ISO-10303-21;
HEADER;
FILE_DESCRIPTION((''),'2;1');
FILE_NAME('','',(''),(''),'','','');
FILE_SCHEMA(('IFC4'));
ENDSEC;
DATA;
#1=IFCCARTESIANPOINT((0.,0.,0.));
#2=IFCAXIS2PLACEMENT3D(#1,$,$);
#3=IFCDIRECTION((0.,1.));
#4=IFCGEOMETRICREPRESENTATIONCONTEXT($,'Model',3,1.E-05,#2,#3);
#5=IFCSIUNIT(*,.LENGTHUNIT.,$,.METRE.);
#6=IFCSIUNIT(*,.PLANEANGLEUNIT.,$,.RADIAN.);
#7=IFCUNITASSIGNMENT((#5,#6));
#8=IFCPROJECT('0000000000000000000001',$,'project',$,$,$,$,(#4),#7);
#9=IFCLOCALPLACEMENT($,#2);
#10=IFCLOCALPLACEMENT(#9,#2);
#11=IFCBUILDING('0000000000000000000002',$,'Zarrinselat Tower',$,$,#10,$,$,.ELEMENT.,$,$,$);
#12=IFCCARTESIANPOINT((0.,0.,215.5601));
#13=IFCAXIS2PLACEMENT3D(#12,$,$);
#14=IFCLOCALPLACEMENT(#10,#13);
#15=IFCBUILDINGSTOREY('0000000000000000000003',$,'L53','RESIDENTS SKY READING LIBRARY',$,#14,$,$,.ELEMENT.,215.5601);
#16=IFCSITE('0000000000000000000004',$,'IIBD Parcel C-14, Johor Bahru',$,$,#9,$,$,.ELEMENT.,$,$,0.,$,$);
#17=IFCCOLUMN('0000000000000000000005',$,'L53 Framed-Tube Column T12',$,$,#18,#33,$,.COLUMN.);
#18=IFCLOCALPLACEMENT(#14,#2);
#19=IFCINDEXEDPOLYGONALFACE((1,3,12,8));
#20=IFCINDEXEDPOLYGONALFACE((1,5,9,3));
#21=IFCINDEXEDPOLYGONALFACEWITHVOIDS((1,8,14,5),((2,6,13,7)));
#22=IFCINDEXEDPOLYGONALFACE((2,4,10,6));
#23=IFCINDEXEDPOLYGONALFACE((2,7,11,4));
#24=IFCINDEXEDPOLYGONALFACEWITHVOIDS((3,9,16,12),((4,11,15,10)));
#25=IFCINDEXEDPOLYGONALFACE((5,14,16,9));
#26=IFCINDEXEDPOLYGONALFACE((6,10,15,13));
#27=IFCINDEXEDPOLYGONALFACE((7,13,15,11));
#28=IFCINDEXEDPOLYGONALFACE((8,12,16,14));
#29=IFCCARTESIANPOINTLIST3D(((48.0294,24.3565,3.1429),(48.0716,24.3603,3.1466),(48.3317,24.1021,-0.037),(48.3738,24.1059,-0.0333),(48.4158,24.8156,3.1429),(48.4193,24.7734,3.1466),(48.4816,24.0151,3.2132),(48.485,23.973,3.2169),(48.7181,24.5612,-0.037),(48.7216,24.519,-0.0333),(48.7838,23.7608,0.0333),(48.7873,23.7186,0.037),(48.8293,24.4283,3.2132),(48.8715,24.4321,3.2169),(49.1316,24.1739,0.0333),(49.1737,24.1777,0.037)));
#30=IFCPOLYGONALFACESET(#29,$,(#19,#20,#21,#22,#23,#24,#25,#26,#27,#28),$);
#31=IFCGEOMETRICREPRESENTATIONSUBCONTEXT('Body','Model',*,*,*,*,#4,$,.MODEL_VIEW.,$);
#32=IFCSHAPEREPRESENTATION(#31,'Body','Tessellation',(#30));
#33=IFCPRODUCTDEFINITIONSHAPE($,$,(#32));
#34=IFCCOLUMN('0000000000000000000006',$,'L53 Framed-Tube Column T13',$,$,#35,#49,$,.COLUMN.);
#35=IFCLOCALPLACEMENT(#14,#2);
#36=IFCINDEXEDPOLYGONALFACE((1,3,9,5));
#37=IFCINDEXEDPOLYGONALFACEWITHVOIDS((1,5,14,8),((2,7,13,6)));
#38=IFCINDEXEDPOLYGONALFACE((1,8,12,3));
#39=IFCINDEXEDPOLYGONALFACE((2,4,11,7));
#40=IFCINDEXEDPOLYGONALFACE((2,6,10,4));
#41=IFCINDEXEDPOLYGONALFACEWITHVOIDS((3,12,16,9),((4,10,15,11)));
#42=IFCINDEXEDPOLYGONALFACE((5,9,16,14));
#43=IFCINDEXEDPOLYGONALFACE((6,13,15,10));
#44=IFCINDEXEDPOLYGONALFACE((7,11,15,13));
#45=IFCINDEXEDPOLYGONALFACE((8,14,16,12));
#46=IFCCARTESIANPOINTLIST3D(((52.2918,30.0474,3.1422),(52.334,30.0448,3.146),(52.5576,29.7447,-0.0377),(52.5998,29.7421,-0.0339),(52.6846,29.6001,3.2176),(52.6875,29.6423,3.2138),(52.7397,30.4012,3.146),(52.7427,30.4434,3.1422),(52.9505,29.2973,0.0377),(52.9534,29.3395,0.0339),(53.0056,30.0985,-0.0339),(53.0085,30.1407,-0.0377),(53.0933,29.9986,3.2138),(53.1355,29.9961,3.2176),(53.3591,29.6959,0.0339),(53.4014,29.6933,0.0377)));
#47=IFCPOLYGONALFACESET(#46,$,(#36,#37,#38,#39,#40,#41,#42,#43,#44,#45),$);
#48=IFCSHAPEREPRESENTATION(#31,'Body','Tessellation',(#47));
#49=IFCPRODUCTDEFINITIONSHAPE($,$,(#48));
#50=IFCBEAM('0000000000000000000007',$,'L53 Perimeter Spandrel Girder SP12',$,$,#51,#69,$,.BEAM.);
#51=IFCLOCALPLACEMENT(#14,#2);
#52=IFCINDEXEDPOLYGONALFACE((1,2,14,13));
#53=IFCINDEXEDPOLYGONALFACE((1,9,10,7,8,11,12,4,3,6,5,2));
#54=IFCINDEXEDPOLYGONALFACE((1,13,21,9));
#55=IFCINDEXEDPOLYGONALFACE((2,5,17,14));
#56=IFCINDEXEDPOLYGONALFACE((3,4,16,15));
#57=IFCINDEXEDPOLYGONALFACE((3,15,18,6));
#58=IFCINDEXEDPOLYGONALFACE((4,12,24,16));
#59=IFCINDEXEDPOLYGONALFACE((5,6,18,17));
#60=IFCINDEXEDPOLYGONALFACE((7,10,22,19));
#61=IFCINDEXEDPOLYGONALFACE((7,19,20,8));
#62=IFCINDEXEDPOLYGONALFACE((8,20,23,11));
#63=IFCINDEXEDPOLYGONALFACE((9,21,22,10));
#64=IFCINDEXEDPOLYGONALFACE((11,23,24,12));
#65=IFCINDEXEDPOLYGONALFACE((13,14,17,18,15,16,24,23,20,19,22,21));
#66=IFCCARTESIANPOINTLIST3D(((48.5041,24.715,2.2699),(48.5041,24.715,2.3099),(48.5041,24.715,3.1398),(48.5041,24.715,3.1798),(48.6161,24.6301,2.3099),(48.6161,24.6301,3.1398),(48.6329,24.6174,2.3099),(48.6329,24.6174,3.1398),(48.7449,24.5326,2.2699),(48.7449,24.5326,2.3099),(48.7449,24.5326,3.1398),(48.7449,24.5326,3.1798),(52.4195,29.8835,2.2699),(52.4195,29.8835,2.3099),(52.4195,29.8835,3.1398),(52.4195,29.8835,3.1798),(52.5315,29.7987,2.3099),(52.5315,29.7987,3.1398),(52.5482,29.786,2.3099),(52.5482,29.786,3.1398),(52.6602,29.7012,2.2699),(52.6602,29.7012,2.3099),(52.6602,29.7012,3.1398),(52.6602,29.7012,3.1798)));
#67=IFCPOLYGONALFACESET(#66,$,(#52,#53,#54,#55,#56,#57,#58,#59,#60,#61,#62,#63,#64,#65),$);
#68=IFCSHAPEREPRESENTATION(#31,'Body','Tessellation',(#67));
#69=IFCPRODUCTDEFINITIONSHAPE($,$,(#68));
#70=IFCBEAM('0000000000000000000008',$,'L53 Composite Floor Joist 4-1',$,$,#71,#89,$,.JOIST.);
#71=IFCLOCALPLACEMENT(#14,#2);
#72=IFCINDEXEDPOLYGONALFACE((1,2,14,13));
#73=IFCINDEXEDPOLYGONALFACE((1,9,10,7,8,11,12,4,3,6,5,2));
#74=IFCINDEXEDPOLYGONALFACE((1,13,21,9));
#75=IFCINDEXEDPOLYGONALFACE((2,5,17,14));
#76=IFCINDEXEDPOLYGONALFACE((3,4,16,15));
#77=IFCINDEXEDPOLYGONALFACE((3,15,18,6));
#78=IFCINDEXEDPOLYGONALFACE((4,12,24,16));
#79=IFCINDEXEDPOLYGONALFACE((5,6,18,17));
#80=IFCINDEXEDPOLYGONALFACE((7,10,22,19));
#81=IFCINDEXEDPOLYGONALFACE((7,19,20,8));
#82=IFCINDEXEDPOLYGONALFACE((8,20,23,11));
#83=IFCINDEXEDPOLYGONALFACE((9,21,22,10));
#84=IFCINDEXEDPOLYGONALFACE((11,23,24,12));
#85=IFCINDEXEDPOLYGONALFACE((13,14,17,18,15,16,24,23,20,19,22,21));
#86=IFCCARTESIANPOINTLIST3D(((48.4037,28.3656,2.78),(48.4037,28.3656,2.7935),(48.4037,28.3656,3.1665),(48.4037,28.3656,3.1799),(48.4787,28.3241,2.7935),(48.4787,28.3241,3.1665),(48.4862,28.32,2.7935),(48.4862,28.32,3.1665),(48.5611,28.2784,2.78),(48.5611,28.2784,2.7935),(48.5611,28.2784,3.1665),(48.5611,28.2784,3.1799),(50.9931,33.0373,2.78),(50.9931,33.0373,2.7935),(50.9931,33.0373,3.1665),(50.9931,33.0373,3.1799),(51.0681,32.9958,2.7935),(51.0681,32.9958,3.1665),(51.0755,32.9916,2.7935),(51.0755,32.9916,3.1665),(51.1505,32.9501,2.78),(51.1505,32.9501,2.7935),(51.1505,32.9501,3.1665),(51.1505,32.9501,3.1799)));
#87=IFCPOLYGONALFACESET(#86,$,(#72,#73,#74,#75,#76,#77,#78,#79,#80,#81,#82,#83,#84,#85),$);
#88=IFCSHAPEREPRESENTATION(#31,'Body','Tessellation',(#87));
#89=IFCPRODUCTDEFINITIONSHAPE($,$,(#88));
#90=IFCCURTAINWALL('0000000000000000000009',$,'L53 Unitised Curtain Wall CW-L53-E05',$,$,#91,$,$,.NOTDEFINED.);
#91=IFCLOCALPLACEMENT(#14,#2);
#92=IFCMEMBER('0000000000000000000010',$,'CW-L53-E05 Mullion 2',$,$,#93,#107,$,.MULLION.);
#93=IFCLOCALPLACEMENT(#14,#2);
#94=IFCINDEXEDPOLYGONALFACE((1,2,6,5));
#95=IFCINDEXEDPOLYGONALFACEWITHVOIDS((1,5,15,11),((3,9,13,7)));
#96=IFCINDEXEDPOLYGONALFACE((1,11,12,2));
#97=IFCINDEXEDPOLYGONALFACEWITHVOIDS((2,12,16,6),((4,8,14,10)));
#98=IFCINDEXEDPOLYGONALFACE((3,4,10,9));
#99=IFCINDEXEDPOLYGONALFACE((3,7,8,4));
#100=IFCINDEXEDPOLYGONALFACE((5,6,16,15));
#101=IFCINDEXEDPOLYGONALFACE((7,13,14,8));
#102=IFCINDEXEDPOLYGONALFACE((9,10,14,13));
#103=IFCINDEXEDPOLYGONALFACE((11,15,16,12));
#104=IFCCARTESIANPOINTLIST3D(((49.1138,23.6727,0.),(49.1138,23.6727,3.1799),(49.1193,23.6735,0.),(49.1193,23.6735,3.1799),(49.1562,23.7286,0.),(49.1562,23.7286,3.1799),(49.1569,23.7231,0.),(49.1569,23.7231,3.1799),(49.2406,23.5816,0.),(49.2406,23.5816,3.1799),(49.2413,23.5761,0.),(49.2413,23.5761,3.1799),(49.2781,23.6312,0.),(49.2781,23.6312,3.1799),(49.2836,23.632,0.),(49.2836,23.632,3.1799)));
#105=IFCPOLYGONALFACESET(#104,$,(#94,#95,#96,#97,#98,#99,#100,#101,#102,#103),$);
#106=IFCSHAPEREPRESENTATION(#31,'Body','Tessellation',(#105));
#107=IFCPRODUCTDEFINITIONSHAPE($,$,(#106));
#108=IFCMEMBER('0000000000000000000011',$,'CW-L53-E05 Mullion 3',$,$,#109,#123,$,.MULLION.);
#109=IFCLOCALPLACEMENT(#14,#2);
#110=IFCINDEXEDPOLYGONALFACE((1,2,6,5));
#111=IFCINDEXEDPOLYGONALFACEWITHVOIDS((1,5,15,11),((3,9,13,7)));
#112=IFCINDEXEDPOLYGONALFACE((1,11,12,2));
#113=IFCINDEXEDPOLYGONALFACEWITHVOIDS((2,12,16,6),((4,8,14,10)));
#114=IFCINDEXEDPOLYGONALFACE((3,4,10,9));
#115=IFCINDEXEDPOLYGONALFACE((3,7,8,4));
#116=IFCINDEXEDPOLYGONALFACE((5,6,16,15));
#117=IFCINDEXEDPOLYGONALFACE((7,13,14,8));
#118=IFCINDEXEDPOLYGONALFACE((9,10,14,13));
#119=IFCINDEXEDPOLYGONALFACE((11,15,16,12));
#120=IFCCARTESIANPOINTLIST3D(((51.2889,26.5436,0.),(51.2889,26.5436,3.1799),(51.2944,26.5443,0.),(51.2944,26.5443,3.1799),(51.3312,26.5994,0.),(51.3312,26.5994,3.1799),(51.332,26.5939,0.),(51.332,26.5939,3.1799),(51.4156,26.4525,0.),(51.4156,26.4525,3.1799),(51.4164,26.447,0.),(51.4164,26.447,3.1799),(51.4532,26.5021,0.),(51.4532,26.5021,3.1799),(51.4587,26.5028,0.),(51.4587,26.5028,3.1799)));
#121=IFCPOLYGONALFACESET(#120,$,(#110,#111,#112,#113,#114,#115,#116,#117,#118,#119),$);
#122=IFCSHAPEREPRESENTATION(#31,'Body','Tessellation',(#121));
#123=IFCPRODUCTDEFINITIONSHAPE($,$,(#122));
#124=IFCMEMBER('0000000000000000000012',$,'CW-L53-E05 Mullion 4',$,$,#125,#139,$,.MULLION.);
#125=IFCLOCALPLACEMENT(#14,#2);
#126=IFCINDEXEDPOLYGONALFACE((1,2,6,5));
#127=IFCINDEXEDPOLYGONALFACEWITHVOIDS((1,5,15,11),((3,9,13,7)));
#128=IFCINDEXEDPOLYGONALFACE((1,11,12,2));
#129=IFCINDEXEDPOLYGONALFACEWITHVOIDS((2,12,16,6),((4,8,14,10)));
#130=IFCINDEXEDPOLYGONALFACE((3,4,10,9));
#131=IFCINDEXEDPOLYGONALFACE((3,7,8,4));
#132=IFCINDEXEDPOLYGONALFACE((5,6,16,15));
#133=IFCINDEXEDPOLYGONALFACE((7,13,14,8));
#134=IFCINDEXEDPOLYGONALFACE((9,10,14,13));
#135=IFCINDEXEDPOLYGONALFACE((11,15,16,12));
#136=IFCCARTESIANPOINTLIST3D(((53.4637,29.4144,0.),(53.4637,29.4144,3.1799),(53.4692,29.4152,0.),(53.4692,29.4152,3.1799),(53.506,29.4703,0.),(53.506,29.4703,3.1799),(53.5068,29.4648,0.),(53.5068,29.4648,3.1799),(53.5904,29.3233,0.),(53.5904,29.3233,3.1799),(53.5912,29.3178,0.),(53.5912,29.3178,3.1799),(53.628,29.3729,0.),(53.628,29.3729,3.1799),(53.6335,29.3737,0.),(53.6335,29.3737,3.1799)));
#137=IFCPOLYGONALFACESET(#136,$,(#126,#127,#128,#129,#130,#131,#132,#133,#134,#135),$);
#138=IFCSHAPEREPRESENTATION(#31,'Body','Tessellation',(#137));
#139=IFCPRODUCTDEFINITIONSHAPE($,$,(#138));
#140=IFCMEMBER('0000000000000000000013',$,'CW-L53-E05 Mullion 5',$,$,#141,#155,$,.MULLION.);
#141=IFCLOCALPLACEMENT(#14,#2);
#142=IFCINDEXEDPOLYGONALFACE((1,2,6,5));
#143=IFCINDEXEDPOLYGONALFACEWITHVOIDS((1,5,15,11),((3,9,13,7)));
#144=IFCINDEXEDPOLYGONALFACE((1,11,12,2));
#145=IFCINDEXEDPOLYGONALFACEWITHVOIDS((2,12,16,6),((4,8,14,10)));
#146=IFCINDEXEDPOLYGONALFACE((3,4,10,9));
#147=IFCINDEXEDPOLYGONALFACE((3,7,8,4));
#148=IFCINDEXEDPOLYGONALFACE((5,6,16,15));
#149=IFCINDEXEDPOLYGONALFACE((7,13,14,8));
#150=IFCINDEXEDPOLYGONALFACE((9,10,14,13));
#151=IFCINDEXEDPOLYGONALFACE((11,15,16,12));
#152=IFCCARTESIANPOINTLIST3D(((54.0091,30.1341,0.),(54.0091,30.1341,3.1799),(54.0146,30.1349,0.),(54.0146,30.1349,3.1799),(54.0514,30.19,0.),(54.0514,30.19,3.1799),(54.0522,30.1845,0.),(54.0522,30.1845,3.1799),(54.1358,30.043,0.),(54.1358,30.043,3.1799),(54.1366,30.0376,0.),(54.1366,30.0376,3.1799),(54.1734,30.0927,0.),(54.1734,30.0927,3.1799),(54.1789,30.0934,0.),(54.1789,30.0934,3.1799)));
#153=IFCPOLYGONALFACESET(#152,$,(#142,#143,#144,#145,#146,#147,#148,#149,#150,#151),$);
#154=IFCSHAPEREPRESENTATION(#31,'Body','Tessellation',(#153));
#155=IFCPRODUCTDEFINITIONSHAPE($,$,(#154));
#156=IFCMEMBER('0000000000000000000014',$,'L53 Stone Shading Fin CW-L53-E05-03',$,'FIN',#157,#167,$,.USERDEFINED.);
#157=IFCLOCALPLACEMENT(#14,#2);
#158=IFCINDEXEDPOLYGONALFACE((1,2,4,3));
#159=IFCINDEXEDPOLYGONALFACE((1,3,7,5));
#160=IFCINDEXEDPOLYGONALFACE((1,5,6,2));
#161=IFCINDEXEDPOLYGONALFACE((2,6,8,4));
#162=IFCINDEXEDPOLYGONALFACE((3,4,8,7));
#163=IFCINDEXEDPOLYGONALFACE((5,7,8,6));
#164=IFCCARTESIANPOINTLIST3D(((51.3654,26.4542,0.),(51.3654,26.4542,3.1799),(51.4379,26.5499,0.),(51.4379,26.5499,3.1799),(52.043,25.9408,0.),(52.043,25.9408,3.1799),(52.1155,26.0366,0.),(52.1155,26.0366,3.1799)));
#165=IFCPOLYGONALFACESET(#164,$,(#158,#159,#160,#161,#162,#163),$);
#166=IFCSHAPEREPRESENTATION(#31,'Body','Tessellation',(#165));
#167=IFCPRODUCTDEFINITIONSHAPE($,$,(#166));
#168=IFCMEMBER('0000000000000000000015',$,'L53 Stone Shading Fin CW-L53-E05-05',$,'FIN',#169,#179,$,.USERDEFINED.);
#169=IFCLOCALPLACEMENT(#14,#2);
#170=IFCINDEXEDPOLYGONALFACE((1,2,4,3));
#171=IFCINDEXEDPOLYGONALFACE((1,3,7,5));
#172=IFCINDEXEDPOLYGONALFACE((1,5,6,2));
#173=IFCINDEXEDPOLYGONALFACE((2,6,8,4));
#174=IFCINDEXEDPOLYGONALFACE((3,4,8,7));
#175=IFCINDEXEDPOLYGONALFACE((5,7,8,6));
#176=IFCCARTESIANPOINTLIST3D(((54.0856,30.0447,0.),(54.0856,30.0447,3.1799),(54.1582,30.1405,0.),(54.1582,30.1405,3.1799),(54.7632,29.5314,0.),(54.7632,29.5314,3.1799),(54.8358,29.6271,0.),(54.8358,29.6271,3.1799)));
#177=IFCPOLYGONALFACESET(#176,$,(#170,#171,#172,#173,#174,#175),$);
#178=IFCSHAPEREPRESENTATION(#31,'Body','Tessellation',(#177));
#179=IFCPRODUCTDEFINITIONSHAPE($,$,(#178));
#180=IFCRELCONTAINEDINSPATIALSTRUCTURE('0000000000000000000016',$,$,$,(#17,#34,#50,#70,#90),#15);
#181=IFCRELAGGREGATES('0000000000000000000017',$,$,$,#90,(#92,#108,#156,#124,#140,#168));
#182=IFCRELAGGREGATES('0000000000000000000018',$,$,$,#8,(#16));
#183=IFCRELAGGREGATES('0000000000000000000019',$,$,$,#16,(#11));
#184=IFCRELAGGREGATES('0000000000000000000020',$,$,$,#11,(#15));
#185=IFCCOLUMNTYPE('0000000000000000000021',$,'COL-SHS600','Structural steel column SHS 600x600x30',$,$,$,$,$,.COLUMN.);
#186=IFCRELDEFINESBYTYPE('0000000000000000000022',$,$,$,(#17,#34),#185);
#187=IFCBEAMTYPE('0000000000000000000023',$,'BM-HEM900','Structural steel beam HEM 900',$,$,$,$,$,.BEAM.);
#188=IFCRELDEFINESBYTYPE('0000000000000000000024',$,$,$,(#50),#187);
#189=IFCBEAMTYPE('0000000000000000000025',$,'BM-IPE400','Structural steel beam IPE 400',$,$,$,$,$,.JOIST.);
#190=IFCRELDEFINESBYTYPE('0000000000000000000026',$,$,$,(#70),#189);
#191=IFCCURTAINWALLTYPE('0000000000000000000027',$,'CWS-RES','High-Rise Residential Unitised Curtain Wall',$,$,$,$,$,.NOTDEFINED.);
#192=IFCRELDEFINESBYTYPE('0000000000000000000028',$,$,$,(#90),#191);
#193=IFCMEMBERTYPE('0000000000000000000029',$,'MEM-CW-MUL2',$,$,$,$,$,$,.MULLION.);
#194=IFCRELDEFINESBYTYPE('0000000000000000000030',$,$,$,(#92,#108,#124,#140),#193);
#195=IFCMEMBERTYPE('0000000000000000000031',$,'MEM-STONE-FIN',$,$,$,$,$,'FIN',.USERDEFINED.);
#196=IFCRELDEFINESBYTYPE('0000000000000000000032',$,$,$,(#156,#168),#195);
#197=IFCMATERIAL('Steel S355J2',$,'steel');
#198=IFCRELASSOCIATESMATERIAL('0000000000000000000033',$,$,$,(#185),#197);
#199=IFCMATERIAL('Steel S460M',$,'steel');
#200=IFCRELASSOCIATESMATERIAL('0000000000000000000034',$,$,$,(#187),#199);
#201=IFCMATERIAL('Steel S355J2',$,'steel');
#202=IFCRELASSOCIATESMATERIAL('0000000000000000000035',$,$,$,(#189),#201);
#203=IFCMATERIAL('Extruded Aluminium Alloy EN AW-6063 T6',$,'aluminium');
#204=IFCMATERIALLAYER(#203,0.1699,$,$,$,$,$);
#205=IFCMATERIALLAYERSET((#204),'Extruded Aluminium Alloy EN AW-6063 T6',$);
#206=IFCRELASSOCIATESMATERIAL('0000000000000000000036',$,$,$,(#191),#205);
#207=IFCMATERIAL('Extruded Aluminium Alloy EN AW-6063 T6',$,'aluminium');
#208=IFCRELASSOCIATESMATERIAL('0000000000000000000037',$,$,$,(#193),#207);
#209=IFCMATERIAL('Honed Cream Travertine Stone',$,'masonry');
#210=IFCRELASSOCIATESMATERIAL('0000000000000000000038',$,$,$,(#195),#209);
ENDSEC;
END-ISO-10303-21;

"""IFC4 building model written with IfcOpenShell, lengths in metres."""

from ifc_helpers import new_model, si_unit, direction, frame, origin, origin_2d, place, context, subcontext, project, spatial, rectangle, hollow_rectangle, i_section, extrude, material, layer, layer_set, material_profile, profile_set, type_object, element, aggregate, save


model = new_model("IFC4")

# Units and contexts
model_context = context("Model", 3, precision=1e-05, world=origin(), true_north=direction((0.0, 1.0)))
body_context = subcontext(model_context, "Body", "Model", "MODEL_VIEW")
ifc_project = project(units=[si_unit("LENGTHUNIT", "METRE"), si_unit("PLANEANGLEUNIT", "RADIAN")], contexts=[model_context])

# Site, building, storey
site_placement = place(None, origin())
site = spatial("IfcSite", under=ifc_project, at=site_placement, Name="IIBD Parcel C-14, Johor Bahru", CompositionType="ELEMENT", RefElevation=0.0)
building_placement = place(site_placement, origin())
building = spatial("IfcBuilding", under=site, at=building_placement, Name="Zarrinselat Tower", CompositionType="ELEMENT")
storey_placement = place(building_placement, frame((0.0, 0.0, 215.5601)))
storey = spatial("IfcBuildingStorey", under=building, at=storey_placement, Name="L53", Description="RESIDENTS SKY READING LIBRARY", CompositionType="ELEMENT", Elevation=215.5601)

# Columns
ifc_material_1 = material(Name="Steel S355J2", Category="steel")
ifc_material_profile_1 = material_profile(ifc_material_1, hollow_rectangle(XDim=0.6001, YDim=0.6001, WallThickness=0.03, at=origin_2d()), Name="SHS 600x600x30")
ifc_profile_set_1 = profile_set([ifc_material_profile_1], Name="Steel S355J2")
column_type = type_object("IfcColumnType", Name="COL-SHS600", Description="Structural steel column SHS 600x600x30", PredefinedType="COLUMN", material=ifc_profile_set_1)
column_1_placement = place(storey_placement, frame((48.7527, 24.1399, 0.0), z_axis=(-0.094323, 0.07939, 0.992371), x_axis=(-0.643945, -0.765071, 0.0)))
element("IfcColumn", 1, at=column_1_placement, inside=storey, type_object=column_type, Name="L53 Framed-Tube Column T12", PredefinedType="COLUMN", context=body_context, shape_type="SweptSolid", body=[
    extrude(hollow_rectangle(XDim=0.6001, YDim=0.6001, WallThickness=0.03, at=origin_2d()), origin(), (0.0, 0.0, 1.0), 3.2043),
])
column_2_placement = place(storey_placement, frame((52.9795, 29.719, 0.0), z_axis=(-0.082945, 0.094446, 0.992069), x_axis=(-0.751374, -0.659876, 0.0)))
element("IfcColumn", 2, at=column_2_placement, inside=storey, type_object=column_type, Name="L53 Framed-Tube Column T13", PredefinedType="COLUMN", context=body_context, shape_type="SweptSolid", body=[
    extrude(hollow_rectangle(XDim=0.6001, YDim=0.6001, WallThickness=0.03, at=origin_2d()), origin(), (0.0, 0.0, 1.0), 3.2053),
])

# Beams
ifc_material_2 = material(Name="Steel S460M", Category="steel")
ifc_material_profile_2 = material_profile(ifc_material_2, i_section(OverallWidth=0.302, OverallDepth=0.9099, WebThickness=0.021, FlangeThickness=0.04, at=origin_2d()), Name="HEM 900")
ifc_profile_set_2 = profile_set([ifc_material_profile_2], Name="Steel S460M")
beam_type_1 = type_object("IfcBeamType", Name="BM-HEM900", Description="Structural steel beam HEM 900", PredefinedType="BEAM", material=ifc_profile_set_2)
beam_1_placement = place(storey_placement, frame((48.6245, 24.6238, 2.7249), z_axis=(0.603837, 0.797108, 0.0), x_axis=(-0.797108, 0.603837, 0.0)))
element("IfcBeam", 3, at=beam_1_placement, inside=storey, type_object=beam_type_1, Name="L53 Perimeter Spandrel Girder SP12", PredefinedType="BEAM", context=body_context, shape_type="SweptSolid", body=[
    extrude(i_section(OverallWidth=0.302, OverallDepth=0.9099, WebThickness=0.021, FlangeThickness=0.04, at=origin_2d()), origin(), (0.0, 0.0, 1.0), 6.4841),
])
ifc_material_3 = material(Name="Steel S355J2", Category="steel")
ifc_material_profile_3 = material_profile(ifc_material_3, i_section(OverallWidth=0.1799, OverallDepth=0.3999, WebThickness=0.0085, FlangeThickness=0.0134, at=origin_2d()), Name="IPE 400")
ifc_profile_set_3 = profile_set([ifc_material_profile_3], Name="Steel S355J2")
beam_type_2 = type_object("IfcBeamType", Name="BM-IPE400", Description="Structural steel beam IPE 400", PredefinedType="JOIST", material=ifc_profile_set_3)
beam_2_placement = place(storey_placement, frame((48.4824, 28.322, 2.98), z_axis=(0.484785, 0.874633, 0.0), x_axis=(-0.874633, 0.484785, 0.0)))
element("IfcBeam", 4, at=beam_2_placement, inside=storey, type_object=beam_type_2, Name="L53 Composite Floor Joist 4-1", PredefinedType="JOIST", context=body_context, shape_type="SweptSolid", body=[
    extrude(i_section(OverallWidth=0.1799, OverallDepth=0.3999, WebThickness=0.0085, FlangeThickness=0.0134, at=origin_2d()), origin(), (0.0, 0.0, 1.0), 5.3413),
])

# Curtain wall, members
ifc_material_4 = material(Name="Extruded Aluminium Alloy EN AW-6063 T6", Category="aluminium")
ifc_layer_1 = layer(ifc_material_4, 0.1699)
ifc_layer_set_1 = layer_set([ifc_layer_1], Name="Extruded Aluminium Alloy EN AW-6063 T6")
curtain_wall_type = type_object("IfcCurtainWallType", Name="CWS-RES", Description="High-Rise Residential Unitised Curtain Wall", PredefinedType="NOTDEFINED", material=ifc_layer_set_1)
curtain_wall_placement = place(storey_placement, origin())
curtain_wall = element("IfcCurtainWall", 5, at=curtain_wall_placement, inside=storey, type_object=curtain_wall_type, Name="L53 Unitised Curtain Wall CW-L53-E05", PredefinedType="NOTDEFINED")
ifc_material_5 = material(Name="Extruded Aluminium Alloy EN AW-6063 T6", Category="aluminium")
ifc_material_profile_4 = material_profile(ifc_material_5, hollow_rectangle(XDim=0.0701, YDim=0.1599, WallThickness=0.0039, at=origin_2d()), Name="RHS 160x70x4")
ifc_profile_set_4 = profile_set([ifc_material_profile_4], Name="Extruded Aluminium Alloy EN AW-6063 T6")
member_type_1 = type_object("IfcMemberType", Name="MEM-CW-MUL2", PredefinedType="MULLION", material=ifc_profile_set_4)
member_1_placement = place(storey_placement, frame((49.1987, 23.6523, 0.0), z_axis=(0.0, 0.0, 1.0), x_axis=(0.603859, 0.797091, 0.0)))
member_1 = element("IfcMember", 6, at=member_1_placement, type_object=member_type_1, Name="CW-L53-E05 Mullion 2", PredefinedType="MULLION", context=body_context, shape_type="SweptSolid", body=[
    extrude(hollow_rectangle(XDim=0.0701, YDim=0.1599, WallThickness=0.0039, at=origin_2d()), origin(), (0.0, 0.0, 1.0), 3.1799),
])
member_2_placement = place(storey_placement, frame((51.3738, 26.5232, 0.0), z_axis=(0.0, 0.0, 1.0), x_axis=(0.603859, 0.797091, 0.0)))
member_2 = element("IfcMember", 7, at=member_2_placement, type_object=member_type_1, Name="CW-L53-E05 Mullion 3", PredefinedType="MULLION", context=body_context, shape_type="SweptSolid", body=[
    extrude(hollow_rectangle(XDim=0.0701, YDim=0.1599, WallThickness=0.0039, at=origin_2d()), origin(), (0.0, 0.0, 1.0), 3.1799),
])
member_3_placement = place(storey_placement, frame((53.5486, 29.394, 0.0), z_axis=(0.0, 0.0, 1.0), x_axis=(0.603859, 0.797091, 0.0)))
member_3 = element("IfcMember", 8, at=member_3_placement, type_object=member_type_1, Name="CW-L53-E05 Mullion 4", PredefinedType="MULLION", context=body_context, shape_type="SweptSolid", body=[
    extrude(hollow_rectangle(XDim=0.0701, YDim=0.1599, WallThickness=0.0039, at=origin_2d()), origin(), (0.0, 0.0, 1.0), 3.1799),
])
member_4_placement = place(storey_placement, frame((54.094, 30.1138, 0.0), z_axis=(0.0, 0.0, 1.0), x_axis=(0.603859, 0.797091, 0.0)))
member_4 = element("IfcMember", 9, at=member_4_placement, type_object=member_type_1, Name="CW-L53-E05 Mullion 5", PredefinedType="MULLION", context=body_context, shape_type="SweptSolid", body=[
    extrude(hollow_rectangle(XDim=0.0701, YDim=0.1599, WallThickness=0.0039, at=origin_2d()), origin(), (0.0, 0.0, 1.0), 3.1799),
])
ifc_material_6 = material(Name="Honed Cream Travertine Stone", Category="masonry")
ifc_material_profile_5 = material_profile(ifc_material_6, rectangle(XDim=0.1201, YDim=0.8501, at=origin_2d()), Name="FIN 850x120")
ifc_profile_set_5 = profile_set([ifc_material_profile_5], Name="Honed Cream Travertine Stone")
member_type_2 = type_object("IfcMemberType", Name="MEM-STONE-FIN", ElementType="FIN", PredefinedType="USERDEFINED", material=ifc_profile_set_5)
member_5_placement = place(storey_placement, frame((51.7405, 26.2454, 0.0), z_axis=(0.0, 0.0, 1.0), x_axis=(-0.603859, -0.797091, 0.0)))
member_5 = element("IfcMember", 10, at=member_5_placement, type_object=member_type_2, Name="L53 Stone Shading Fin CW-L53-E05-03", ObjectType="FIN", PredefinedType="USERDEFINED", context=body_context, shape_type="SweptSolid", body=[
    extrude(rectangle(XDim=0.1201, YDim=0.8501, at=origin_2d()), origin(), (0.0, 0.0, 1.0), 3.1799),
])
member_6_placement = place(storey_placement, frame((54.4607, 29.8359, 0.0), z_axis=(0.0, 0.0, 1.0), x_axis=(-0.603859, -0.797091, 0.0)))
member_6 = element("IfcMember", 11, at=member_6_placement, type_object=member_type_2, Name="L53 Stone Shading Fin CW-L53-E05-05", ObjectType="FIN", PredefinedType="USERDEFINED", context=body_context, shape_type="SweptSolid", body=[
    extrude(rectangle(XDim=0.1201, YDim=0.8501, at=origin_2d()), origin(), (0.0, 0.0, 1.0), 3.1799),
])
aggregate(curtain_wall, [member_1, member_2, member_5, member_3, member_4, member_6])

save(model, "model.ifc")
